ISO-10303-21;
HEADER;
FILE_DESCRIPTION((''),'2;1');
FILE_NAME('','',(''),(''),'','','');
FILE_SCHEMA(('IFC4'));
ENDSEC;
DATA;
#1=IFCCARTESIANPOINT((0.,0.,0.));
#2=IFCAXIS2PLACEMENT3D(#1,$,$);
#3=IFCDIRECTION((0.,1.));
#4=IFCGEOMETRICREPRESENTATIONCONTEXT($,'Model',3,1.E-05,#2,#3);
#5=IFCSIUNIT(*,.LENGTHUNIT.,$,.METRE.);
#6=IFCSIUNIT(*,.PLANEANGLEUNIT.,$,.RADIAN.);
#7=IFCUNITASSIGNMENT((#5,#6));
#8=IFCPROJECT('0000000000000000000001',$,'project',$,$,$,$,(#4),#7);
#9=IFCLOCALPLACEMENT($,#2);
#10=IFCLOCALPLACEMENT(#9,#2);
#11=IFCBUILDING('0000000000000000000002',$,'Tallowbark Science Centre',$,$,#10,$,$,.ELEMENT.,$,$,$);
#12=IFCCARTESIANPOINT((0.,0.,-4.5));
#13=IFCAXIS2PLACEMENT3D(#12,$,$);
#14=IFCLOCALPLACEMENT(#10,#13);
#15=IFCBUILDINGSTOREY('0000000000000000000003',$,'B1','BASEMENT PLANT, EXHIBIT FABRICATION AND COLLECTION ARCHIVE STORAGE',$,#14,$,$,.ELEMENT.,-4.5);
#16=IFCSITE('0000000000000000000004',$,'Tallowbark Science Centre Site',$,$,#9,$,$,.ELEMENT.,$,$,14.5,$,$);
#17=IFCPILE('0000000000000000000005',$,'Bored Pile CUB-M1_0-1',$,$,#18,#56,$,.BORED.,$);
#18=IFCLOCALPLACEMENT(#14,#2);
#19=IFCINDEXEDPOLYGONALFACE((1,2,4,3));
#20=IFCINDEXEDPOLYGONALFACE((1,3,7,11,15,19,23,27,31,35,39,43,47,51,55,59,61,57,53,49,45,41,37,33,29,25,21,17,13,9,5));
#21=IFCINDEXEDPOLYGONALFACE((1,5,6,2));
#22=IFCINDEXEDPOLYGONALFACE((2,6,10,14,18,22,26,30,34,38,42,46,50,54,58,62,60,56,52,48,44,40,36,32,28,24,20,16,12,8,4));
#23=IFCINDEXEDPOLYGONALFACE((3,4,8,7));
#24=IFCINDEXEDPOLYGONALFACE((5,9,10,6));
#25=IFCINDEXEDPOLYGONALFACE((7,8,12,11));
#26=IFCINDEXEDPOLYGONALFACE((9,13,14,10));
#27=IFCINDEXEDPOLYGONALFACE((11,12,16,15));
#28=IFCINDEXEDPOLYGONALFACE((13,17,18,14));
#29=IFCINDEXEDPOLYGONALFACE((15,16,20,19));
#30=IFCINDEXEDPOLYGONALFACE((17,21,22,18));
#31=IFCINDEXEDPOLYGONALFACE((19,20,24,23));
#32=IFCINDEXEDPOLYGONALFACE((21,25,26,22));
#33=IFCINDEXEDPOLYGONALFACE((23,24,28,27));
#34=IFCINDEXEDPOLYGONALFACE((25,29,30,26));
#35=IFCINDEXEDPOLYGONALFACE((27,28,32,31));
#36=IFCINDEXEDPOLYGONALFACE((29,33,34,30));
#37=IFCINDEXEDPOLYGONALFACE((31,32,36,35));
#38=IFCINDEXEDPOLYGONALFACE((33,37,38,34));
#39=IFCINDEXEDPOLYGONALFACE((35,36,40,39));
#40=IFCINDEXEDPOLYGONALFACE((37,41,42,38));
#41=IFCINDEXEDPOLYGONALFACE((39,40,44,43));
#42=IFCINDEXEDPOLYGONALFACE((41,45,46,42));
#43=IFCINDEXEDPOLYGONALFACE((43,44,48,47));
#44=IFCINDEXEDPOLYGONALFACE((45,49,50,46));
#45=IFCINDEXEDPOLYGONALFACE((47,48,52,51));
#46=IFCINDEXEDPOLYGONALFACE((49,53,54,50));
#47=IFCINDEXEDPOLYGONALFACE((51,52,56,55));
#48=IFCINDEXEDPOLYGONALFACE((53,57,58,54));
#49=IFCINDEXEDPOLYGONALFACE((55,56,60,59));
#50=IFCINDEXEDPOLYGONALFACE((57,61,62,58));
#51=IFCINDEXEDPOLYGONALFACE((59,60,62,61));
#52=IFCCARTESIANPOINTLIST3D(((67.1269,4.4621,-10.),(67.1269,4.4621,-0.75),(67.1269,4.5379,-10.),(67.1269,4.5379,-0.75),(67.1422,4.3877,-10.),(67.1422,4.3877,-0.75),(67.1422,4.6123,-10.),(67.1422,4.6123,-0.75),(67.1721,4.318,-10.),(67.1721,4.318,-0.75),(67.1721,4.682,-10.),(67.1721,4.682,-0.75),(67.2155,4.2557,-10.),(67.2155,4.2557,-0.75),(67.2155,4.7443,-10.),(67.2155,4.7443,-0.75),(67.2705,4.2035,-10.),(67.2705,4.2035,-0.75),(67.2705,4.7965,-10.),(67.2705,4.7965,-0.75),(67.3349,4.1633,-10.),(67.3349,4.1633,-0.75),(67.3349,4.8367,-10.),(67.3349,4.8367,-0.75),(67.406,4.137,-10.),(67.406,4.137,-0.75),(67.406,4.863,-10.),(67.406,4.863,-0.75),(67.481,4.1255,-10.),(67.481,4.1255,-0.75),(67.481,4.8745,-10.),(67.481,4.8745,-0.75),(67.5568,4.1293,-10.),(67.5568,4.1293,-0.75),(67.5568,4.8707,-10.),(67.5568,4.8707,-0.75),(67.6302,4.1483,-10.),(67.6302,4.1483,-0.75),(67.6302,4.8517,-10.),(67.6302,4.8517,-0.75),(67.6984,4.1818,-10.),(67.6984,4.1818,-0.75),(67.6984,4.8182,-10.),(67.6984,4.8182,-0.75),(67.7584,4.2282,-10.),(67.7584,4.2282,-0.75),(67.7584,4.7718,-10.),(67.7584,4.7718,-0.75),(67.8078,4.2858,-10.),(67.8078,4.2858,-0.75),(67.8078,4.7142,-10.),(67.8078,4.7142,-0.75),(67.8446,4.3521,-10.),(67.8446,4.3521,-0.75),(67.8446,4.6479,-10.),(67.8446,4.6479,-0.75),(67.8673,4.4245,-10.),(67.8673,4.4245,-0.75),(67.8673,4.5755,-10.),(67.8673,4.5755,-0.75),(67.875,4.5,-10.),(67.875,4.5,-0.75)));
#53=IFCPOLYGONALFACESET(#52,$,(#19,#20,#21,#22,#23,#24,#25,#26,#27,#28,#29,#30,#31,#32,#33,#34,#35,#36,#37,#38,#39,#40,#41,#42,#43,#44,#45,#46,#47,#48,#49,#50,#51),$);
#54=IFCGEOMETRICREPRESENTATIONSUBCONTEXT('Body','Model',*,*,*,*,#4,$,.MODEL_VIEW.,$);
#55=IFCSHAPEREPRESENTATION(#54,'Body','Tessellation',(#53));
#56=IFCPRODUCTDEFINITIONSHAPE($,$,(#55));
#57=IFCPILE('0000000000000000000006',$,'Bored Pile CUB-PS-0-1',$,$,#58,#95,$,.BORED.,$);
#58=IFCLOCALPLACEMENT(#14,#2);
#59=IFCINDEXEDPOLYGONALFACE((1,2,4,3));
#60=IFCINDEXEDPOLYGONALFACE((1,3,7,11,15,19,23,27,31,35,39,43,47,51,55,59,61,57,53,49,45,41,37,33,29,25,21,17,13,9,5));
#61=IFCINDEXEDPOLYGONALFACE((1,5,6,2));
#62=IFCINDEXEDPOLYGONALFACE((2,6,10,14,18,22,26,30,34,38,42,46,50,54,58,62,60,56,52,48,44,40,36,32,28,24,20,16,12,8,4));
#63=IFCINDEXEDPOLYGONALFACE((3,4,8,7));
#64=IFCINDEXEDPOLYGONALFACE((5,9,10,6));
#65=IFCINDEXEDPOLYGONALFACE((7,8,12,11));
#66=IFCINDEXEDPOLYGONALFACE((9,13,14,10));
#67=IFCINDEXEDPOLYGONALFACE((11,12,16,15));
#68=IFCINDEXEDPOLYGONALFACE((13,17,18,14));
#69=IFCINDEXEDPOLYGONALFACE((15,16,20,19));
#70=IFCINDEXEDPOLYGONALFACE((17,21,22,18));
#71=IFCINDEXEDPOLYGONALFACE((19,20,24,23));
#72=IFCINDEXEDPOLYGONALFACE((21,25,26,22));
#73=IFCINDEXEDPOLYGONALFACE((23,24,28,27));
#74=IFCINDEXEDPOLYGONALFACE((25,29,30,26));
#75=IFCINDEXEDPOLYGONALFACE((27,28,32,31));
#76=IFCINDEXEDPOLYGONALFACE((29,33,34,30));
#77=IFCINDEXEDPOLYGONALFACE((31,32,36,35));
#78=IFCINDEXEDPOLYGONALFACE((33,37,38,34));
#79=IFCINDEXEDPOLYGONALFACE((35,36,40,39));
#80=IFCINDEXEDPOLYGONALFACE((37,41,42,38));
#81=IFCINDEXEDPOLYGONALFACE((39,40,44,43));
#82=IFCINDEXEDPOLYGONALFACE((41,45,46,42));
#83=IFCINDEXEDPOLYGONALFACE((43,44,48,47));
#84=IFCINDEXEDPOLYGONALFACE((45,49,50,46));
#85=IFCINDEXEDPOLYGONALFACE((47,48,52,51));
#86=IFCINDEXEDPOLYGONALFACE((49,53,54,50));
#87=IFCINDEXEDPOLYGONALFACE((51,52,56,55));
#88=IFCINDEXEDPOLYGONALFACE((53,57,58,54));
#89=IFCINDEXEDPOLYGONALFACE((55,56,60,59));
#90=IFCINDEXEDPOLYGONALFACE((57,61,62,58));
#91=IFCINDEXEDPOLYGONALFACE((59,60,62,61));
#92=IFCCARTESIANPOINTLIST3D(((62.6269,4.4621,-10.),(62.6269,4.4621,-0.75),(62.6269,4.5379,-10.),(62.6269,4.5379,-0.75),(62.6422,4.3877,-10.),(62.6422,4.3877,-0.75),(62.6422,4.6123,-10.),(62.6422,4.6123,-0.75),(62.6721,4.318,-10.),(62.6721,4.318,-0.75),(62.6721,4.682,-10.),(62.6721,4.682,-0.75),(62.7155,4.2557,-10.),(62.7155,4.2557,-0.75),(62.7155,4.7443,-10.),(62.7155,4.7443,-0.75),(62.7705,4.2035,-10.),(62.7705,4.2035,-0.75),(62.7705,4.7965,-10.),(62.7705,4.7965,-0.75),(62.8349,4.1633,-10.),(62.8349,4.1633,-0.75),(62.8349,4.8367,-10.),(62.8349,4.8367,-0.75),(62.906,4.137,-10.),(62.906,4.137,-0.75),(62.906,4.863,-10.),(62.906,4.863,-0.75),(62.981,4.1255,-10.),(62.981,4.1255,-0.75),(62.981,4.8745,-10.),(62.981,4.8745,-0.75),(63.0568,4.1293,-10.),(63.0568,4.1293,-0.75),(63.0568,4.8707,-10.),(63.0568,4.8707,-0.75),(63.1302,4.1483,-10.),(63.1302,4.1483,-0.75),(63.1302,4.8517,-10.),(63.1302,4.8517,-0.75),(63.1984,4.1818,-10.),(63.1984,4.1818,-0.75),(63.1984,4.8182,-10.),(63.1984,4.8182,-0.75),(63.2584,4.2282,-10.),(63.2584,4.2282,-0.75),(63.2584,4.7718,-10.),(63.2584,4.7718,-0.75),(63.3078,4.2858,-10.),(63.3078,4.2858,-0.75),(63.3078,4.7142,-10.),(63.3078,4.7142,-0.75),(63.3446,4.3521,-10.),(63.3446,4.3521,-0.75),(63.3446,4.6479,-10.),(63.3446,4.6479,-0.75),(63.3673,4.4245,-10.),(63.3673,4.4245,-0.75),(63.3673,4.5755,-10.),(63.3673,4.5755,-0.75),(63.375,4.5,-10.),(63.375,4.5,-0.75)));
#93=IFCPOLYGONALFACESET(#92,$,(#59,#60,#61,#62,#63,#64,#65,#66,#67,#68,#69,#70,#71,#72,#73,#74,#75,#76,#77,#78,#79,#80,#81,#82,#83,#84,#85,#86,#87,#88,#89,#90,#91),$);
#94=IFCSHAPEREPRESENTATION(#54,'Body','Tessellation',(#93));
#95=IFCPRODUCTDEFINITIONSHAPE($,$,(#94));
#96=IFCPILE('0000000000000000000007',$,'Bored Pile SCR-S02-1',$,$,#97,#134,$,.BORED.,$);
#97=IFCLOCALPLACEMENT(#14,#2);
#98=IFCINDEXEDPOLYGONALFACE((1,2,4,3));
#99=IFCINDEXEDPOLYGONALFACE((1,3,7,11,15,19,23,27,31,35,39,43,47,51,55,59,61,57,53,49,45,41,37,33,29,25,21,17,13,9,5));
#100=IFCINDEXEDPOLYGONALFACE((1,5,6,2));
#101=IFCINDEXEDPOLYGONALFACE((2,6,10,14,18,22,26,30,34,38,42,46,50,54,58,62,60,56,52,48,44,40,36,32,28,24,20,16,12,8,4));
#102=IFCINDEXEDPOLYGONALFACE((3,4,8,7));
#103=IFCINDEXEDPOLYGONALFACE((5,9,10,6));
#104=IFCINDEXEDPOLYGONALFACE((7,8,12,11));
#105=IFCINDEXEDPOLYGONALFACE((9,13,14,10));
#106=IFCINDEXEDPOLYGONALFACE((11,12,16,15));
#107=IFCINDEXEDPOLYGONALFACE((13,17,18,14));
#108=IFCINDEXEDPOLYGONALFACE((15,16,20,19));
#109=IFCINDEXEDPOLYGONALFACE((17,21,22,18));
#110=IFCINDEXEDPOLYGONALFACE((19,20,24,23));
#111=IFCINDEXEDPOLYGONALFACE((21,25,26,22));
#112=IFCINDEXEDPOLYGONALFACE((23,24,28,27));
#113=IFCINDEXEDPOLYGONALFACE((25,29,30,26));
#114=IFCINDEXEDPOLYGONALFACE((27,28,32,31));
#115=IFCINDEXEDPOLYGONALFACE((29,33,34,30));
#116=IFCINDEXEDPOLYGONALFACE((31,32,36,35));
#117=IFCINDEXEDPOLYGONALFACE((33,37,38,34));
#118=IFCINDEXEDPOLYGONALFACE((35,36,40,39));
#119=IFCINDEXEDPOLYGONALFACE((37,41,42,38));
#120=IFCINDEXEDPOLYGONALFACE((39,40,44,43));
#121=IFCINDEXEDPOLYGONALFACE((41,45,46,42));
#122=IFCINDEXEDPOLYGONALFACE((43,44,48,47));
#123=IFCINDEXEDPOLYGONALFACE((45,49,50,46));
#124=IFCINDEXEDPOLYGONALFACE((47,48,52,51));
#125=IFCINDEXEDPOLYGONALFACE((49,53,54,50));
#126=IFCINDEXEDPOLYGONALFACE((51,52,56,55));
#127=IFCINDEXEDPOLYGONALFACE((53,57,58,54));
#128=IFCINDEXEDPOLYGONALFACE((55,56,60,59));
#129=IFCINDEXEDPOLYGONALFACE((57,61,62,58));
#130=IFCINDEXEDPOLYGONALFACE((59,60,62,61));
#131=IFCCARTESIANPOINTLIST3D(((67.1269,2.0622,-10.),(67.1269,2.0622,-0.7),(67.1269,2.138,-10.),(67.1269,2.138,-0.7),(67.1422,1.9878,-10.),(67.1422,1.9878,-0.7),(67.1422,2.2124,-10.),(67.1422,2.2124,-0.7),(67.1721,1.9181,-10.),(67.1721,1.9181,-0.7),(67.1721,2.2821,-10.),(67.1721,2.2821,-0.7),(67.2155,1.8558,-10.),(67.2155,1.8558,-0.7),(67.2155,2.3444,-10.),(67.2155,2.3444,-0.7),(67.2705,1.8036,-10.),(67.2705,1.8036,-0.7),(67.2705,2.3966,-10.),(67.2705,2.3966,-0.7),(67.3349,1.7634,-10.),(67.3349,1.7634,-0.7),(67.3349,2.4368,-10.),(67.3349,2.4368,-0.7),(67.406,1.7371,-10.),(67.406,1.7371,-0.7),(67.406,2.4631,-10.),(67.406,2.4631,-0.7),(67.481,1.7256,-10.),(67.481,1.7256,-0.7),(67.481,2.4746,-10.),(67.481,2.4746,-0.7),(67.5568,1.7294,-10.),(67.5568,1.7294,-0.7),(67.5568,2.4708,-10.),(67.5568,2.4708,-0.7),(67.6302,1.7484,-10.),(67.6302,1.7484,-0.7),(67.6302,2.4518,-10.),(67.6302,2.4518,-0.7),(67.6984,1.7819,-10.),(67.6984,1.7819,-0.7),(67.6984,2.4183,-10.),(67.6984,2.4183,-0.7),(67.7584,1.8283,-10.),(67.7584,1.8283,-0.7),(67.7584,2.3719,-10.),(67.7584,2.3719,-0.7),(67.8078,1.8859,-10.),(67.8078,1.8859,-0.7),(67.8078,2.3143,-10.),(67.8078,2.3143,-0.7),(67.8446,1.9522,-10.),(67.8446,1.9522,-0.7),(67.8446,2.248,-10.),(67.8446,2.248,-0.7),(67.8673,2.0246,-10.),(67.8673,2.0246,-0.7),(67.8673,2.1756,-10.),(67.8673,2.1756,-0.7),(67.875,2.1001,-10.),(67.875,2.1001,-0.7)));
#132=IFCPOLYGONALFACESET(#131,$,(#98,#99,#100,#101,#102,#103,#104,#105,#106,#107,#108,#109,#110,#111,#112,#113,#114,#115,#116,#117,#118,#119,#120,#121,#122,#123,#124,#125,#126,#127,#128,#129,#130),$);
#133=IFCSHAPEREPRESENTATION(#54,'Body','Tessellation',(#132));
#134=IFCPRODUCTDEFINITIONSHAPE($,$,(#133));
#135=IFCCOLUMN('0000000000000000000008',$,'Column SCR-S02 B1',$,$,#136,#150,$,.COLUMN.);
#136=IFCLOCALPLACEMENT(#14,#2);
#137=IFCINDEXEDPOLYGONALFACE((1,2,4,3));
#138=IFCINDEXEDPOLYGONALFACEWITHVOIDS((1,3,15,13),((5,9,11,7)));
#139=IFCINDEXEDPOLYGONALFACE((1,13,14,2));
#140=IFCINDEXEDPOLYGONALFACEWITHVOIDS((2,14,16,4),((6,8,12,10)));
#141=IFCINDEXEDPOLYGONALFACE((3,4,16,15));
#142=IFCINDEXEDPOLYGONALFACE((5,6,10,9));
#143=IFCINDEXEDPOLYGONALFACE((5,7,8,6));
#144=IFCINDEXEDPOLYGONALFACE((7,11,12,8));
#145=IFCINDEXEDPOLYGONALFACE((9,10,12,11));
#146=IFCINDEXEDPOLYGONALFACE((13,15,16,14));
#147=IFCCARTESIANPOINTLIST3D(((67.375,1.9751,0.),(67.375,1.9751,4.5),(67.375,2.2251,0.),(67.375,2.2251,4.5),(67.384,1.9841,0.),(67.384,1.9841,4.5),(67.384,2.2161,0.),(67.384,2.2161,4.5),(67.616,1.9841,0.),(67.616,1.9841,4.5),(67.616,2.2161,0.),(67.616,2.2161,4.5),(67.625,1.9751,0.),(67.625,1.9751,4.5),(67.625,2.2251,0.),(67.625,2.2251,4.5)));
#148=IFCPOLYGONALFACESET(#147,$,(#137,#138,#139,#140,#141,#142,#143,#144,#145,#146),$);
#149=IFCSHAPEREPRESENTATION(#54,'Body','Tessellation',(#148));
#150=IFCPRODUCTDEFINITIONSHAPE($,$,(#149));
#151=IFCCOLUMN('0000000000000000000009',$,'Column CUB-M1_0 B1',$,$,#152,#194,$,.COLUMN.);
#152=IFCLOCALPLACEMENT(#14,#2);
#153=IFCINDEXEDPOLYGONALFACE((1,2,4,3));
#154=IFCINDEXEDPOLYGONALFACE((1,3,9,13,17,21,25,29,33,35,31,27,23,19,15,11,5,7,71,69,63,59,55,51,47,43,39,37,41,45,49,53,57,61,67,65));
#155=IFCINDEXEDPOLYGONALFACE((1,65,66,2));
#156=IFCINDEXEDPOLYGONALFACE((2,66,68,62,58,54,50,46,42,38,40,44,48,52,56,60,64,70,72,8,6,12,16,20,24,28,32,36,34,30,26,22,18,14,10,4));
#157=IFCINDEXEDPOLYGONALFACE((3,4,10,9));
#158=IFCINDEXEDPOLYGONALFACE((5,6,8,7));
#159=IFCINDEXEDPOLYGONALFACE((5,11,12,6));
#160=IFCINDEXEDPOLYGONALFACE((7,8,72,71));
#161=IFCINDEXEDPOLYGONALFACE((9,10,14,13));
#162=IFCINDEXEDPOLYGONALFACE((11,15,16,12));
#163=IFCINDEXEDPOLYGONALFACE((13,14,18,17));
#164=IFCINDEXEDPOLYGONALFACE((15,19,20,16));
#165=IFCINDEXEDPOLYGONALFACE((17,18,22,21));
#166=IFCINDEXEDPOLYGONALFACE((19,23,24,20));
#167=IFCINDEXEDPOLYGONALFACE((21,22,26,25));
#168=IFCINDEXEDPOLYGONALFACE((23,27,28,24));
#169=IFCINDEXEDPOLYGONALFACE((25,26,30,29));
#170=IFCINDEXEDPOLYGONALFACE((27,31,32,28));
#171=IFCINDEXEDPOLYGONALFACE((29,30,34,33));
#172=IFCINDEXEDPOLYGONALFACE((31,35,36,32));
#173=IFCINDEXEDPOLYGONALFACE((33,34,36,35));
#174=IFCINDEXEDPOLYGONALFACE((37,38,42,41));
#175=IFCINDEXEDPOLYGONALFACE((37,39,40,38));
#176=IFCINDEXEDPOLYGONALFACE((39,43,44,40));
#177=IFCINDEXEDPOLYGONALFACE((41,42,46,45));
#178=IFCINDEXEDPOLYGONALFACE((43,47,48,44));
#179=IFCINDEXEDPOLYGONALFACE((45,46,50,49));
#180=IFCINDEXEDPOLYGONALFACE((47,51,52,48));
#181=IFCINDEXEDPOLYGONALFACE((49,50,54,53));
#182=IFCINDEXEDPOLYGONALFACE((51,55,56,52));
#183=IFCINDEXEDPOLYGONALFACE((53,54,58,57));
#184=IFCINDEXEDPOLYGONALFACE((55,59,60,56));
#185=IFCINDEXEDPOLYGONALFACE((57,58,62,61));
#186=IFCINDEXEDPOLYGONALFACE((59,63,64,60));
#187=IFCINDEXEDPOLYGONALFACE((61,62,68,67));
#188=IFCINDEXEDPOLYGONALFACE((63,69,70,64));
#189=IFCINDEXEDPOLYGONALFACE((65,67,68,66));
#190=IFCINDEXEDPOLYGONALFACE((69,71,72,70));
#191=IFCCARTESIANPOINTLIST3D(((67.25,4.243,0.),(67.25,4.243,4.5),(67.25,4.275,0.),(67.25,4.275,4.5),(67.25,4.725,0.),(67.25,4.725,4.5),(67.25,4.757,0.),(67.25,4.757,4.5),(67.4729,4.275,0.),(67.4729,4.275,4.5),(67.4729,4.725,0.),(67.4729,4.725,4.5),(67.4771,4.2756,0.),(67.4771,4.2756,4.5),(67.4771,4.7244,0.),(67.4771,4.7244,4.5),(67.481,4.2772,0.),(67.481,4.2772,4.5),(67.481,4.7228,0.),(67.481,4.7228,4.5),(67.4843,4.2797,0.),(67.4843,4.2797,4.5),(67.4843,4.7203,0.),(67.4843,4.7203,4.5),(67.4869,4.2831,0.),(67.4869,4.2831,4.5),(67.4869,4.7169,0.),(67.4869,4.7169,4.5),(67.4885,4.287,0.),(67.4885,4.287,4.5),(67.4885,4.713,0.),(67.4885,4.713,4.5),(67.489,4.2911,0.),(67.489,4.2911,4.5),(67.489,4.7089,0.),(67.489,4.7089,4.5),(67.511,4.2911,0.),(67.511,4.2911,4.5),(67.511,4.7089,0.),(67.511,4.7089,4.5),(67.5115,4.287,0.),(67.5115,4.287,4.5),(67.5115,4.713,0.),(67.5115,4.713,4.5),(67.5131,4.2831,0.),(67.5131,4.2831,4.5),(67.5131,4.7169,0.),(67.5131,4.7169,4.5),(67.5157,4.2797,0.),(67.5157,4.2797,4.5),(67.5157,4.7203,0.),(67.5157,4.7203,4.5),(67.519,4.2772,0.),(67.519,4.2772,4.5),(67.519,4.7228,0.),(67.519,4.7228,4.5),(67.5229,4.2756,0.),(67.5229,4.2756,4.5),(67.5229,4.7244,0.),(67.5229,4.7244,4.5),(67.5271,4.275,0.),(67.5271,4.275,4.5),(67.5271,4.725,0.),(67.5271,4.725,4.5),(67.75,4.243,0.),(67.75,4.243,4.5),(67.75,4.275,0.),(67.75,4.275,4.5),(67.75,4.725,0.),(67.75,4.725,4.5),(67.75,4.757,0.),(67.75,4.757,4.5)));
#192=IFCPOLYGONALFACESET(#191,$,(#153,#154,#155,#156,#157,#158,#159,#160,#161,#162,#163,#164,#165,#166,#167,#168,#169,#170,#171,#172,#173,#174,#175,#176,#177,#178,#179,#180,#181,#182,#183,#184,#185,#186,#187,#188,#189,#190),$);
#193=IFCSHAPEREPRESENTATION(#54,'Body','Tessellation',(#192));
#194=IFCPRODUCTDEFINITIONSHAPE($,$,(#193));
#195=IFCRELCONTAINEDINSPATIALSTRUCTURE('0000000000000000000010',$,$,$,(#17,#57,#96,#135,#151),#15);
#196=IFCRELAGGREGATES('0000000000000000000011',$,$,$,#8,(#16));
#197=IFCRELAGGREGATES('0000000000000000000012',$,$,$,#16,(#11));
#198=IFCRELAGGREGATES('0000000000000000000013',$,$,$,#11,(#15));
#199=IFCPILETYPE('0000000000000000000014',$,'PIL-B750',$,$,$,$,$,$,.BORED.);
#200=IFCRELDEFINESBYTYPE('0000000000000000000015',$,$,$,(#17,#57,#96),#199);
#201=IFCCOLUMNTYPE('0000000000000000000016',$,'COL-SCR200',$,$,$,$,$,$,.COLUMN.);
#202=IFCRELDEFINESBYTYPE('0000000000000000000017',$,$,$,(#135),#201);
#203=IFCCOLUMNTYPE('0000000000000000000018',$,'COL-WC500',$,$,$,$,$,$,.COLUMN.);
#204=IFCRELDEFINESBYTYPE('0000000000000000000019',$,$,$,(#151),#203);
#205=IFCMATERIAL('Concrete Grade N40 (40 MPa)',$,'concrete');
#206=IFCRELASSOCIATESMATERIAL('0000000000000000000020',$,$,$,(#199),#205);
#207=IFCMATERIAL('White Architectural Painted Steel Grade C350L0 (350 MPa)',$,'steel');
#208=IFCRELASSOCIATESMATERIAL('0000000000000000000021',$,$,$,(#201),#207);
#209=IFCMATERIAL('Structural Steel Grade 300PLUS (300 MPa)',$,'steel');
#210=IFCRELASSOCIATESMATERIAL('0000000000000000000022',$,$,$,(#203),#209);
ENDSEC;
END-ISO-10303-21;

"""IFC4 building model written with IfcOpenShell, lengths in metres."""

from ifc_helpers import new_model, si_unit, direction, frame, origin, origin_2d, place, context, subcontext, project, spatial, hollow_rectangle, circle, i_section, extrude, material, material_profile, profile_set, type_object, element, save


model = new_model("IFC4")

# Units and contexts
model_context = context("Model", 3, precision=1e-05, world=origin(), true_north=direction((0.0, 1.0)))
body_context = subcontext(model_context, "Body", "Model", "MODEL_VIEW")
ifc_project = project(units=[si_unit("LENGTHUNIT", "METRE"), si_unit("PLANEANGLEUNIT", "RADIAN")], contexts=[model_context])

# Site, building, storey
site_placement = place(None, origin())
site = spatial("IfcSite", under=ifc_project, at=site_placement, Name="Tallowbark Science Centre Site", CompositionType="ELEMENT", RefElevation=14.5)
building_placement = place(site_placement, origin())
building = spatial("IfcBuilding", under=site, at=building_placement, Name="Tallowbark Science Centre", CompositionType="ELEMENT")
storey_placement = place(building_placement, frame((0.0, 0.0, -4.5)))
storey = spatial("IfcBuildingStorey", under=building, at=storey_placement, Name="B1", Description="BASEMENT PLANT, EXHIBIT FABRICATION AND COLLECTION ARCHIVE STORAGE", CompositionType="ELEMENT", Elevation=-4.5)

# Shared definitions
ifc_material_1 = material(Name="Concrete Grade N40 (40 MPa)", Category="concrete")

# Piles
ifc_material_profile_1 = material_profile(ifc_material_1, circle(Radius=0.375, at=origin_2d()), Name="PILE750")
ifc_profile_set_1 = profile_set([ifc_material_profile_1], Name="Concrete Grade N40 (40 MPa)")
pile_type_1 = type_object("IfcPileType", Name="PIL-B750", PredefinedType="BORED", material=ifc_profile_set_1)
for number, where, z_axis, x_axis, name in (
    (1, (67.5, 4.5, -0.75), (0.0, 0.0, -1.0), (1.0, 0.0, 0.0), "Bored Pile CUB-M1_0-1"),
    (2, (63.0, 4.5, -0.75), (0.0, 0.0, -1.0), (1.0, 0.0, 0.0), "Bored Pile CUB-PS-0-1"),
):
    element("IfcPile", number, at=place(storey_placement, frame(where, z_axis=z_axis, x_axis=x_axis)), inside=storey, type_object=pile_type_1, Name=name, PredefinedType="BORED", context=body_context, shape_type="SweptSolid", body=[
        extrude(circle(Radius=0.375, at=origin_2d()), origin(), (0.0, 0.0, 1.0), 9.25),
    ])
pile_1_placement = place(storey_placement, frame((67.5, 2.1001, -0.7), z_axis=(0.0, 0.0, -1.0), x_axis=(1.0, 0.0, 0.0)))
element("IfcPile", 3, at=pile_1_placement, inside=storey, type_object=pile_type_1, Name="Bored Pile SCR-S02-1", PredefinedType="BORED", context=body_context, shape_type="SweptSolid", body=[
    extrude(circle(Radius=0.375, at=origin_2d()), origin(), (0.0, 0.0, 1.0), 9.3),
])

# Columns
ifc_material_2 = material(Name="White Architectural Painted Steel Grade C350L0 (350 MPa)", Category="steel")
ifc_material_profile_2 = material_profile(ifc_material_2, hollow_rectangle(XDim=0.25, YDim=0.25, WallThickness=0.009, at=origin_2d()), Name="250x250x9.0SHS")
ifc_profile_set_2 = profile_set([ifc_material_profile_2], Name="White Architectural Painted Steel Grade C350L0 (350 MPa)")
column_type_1 = type_object("IfcColumnType", Name="COL-SCR200", PredefinedType="COLUMN", material=ifc_profile_set_2)
column_1_placement = place(storey_placement, frame((67.5, 2.1001, 0.0), z_axis=(0.0, 0.0, 1.0), x_axis=(1.0, 0.0, 0.0)))
element("IfcColumn", 4, at=column_1_placement, inside=storey, type_object=column_type_1, Name="Column SCR-S02 B1", PredefinedType="COLUMN", context=body_context, shape_type="SweptSolid", body=[
    extrude(hollow_rectangle(XDim=0.25, YDim=0.25, WallThickness=0.009, at=origin_2d()), origin(), (0.0, 0.0, 1.0), 4.5),
])
ifc_material_3 = material(Name="Structural Steel Grade 300PLUS (300 MPa)", Category="steel")
ifc_material_profile_3 = material_profile(ifc_material_3, i_section(OverallWidth=0.5, OverallDepth=0.5139, WebThickness=0.022, FlangeThickness=0.032, FilletRadius=0.0161, at=origin_2d()), Name="500WC340")
ifc_profile_set_3 = profile_set([ifc_material_profile_3], Name="Structural Steel Grade 300PLUS (300 MPa)")
column_type_2 = type_object("IfcColumnType", Name="COL-WC500", PredefinedType="COLUMN", material=ifc_profile_set_3)
column_2_placement = place(storey_placement, frame((67.5, 4.5, 0.0), z_axis=(0.0, 0.0, 1.0), x_axis=(1.0, 0.0, 0.0)))
element("IfcColumn", 5, at=column_2_placement, inside=storey, type_object=column_type_2, Name="Column CUB-M1_0 B1", PredefinedType="COLUMN", context=body_context, shape_type="SweptSolid", body=[
    extrude(i_section(OverallWidth=0.5, OverallDepth=0.5139, WebThickness=0.022, FlangeThickness=0.032, FilletRadius=0.0161, at=origin_2d()), origin(), (0.0, 0.0, 1.0), 4.5),
])

save(model, "model.ifc")
